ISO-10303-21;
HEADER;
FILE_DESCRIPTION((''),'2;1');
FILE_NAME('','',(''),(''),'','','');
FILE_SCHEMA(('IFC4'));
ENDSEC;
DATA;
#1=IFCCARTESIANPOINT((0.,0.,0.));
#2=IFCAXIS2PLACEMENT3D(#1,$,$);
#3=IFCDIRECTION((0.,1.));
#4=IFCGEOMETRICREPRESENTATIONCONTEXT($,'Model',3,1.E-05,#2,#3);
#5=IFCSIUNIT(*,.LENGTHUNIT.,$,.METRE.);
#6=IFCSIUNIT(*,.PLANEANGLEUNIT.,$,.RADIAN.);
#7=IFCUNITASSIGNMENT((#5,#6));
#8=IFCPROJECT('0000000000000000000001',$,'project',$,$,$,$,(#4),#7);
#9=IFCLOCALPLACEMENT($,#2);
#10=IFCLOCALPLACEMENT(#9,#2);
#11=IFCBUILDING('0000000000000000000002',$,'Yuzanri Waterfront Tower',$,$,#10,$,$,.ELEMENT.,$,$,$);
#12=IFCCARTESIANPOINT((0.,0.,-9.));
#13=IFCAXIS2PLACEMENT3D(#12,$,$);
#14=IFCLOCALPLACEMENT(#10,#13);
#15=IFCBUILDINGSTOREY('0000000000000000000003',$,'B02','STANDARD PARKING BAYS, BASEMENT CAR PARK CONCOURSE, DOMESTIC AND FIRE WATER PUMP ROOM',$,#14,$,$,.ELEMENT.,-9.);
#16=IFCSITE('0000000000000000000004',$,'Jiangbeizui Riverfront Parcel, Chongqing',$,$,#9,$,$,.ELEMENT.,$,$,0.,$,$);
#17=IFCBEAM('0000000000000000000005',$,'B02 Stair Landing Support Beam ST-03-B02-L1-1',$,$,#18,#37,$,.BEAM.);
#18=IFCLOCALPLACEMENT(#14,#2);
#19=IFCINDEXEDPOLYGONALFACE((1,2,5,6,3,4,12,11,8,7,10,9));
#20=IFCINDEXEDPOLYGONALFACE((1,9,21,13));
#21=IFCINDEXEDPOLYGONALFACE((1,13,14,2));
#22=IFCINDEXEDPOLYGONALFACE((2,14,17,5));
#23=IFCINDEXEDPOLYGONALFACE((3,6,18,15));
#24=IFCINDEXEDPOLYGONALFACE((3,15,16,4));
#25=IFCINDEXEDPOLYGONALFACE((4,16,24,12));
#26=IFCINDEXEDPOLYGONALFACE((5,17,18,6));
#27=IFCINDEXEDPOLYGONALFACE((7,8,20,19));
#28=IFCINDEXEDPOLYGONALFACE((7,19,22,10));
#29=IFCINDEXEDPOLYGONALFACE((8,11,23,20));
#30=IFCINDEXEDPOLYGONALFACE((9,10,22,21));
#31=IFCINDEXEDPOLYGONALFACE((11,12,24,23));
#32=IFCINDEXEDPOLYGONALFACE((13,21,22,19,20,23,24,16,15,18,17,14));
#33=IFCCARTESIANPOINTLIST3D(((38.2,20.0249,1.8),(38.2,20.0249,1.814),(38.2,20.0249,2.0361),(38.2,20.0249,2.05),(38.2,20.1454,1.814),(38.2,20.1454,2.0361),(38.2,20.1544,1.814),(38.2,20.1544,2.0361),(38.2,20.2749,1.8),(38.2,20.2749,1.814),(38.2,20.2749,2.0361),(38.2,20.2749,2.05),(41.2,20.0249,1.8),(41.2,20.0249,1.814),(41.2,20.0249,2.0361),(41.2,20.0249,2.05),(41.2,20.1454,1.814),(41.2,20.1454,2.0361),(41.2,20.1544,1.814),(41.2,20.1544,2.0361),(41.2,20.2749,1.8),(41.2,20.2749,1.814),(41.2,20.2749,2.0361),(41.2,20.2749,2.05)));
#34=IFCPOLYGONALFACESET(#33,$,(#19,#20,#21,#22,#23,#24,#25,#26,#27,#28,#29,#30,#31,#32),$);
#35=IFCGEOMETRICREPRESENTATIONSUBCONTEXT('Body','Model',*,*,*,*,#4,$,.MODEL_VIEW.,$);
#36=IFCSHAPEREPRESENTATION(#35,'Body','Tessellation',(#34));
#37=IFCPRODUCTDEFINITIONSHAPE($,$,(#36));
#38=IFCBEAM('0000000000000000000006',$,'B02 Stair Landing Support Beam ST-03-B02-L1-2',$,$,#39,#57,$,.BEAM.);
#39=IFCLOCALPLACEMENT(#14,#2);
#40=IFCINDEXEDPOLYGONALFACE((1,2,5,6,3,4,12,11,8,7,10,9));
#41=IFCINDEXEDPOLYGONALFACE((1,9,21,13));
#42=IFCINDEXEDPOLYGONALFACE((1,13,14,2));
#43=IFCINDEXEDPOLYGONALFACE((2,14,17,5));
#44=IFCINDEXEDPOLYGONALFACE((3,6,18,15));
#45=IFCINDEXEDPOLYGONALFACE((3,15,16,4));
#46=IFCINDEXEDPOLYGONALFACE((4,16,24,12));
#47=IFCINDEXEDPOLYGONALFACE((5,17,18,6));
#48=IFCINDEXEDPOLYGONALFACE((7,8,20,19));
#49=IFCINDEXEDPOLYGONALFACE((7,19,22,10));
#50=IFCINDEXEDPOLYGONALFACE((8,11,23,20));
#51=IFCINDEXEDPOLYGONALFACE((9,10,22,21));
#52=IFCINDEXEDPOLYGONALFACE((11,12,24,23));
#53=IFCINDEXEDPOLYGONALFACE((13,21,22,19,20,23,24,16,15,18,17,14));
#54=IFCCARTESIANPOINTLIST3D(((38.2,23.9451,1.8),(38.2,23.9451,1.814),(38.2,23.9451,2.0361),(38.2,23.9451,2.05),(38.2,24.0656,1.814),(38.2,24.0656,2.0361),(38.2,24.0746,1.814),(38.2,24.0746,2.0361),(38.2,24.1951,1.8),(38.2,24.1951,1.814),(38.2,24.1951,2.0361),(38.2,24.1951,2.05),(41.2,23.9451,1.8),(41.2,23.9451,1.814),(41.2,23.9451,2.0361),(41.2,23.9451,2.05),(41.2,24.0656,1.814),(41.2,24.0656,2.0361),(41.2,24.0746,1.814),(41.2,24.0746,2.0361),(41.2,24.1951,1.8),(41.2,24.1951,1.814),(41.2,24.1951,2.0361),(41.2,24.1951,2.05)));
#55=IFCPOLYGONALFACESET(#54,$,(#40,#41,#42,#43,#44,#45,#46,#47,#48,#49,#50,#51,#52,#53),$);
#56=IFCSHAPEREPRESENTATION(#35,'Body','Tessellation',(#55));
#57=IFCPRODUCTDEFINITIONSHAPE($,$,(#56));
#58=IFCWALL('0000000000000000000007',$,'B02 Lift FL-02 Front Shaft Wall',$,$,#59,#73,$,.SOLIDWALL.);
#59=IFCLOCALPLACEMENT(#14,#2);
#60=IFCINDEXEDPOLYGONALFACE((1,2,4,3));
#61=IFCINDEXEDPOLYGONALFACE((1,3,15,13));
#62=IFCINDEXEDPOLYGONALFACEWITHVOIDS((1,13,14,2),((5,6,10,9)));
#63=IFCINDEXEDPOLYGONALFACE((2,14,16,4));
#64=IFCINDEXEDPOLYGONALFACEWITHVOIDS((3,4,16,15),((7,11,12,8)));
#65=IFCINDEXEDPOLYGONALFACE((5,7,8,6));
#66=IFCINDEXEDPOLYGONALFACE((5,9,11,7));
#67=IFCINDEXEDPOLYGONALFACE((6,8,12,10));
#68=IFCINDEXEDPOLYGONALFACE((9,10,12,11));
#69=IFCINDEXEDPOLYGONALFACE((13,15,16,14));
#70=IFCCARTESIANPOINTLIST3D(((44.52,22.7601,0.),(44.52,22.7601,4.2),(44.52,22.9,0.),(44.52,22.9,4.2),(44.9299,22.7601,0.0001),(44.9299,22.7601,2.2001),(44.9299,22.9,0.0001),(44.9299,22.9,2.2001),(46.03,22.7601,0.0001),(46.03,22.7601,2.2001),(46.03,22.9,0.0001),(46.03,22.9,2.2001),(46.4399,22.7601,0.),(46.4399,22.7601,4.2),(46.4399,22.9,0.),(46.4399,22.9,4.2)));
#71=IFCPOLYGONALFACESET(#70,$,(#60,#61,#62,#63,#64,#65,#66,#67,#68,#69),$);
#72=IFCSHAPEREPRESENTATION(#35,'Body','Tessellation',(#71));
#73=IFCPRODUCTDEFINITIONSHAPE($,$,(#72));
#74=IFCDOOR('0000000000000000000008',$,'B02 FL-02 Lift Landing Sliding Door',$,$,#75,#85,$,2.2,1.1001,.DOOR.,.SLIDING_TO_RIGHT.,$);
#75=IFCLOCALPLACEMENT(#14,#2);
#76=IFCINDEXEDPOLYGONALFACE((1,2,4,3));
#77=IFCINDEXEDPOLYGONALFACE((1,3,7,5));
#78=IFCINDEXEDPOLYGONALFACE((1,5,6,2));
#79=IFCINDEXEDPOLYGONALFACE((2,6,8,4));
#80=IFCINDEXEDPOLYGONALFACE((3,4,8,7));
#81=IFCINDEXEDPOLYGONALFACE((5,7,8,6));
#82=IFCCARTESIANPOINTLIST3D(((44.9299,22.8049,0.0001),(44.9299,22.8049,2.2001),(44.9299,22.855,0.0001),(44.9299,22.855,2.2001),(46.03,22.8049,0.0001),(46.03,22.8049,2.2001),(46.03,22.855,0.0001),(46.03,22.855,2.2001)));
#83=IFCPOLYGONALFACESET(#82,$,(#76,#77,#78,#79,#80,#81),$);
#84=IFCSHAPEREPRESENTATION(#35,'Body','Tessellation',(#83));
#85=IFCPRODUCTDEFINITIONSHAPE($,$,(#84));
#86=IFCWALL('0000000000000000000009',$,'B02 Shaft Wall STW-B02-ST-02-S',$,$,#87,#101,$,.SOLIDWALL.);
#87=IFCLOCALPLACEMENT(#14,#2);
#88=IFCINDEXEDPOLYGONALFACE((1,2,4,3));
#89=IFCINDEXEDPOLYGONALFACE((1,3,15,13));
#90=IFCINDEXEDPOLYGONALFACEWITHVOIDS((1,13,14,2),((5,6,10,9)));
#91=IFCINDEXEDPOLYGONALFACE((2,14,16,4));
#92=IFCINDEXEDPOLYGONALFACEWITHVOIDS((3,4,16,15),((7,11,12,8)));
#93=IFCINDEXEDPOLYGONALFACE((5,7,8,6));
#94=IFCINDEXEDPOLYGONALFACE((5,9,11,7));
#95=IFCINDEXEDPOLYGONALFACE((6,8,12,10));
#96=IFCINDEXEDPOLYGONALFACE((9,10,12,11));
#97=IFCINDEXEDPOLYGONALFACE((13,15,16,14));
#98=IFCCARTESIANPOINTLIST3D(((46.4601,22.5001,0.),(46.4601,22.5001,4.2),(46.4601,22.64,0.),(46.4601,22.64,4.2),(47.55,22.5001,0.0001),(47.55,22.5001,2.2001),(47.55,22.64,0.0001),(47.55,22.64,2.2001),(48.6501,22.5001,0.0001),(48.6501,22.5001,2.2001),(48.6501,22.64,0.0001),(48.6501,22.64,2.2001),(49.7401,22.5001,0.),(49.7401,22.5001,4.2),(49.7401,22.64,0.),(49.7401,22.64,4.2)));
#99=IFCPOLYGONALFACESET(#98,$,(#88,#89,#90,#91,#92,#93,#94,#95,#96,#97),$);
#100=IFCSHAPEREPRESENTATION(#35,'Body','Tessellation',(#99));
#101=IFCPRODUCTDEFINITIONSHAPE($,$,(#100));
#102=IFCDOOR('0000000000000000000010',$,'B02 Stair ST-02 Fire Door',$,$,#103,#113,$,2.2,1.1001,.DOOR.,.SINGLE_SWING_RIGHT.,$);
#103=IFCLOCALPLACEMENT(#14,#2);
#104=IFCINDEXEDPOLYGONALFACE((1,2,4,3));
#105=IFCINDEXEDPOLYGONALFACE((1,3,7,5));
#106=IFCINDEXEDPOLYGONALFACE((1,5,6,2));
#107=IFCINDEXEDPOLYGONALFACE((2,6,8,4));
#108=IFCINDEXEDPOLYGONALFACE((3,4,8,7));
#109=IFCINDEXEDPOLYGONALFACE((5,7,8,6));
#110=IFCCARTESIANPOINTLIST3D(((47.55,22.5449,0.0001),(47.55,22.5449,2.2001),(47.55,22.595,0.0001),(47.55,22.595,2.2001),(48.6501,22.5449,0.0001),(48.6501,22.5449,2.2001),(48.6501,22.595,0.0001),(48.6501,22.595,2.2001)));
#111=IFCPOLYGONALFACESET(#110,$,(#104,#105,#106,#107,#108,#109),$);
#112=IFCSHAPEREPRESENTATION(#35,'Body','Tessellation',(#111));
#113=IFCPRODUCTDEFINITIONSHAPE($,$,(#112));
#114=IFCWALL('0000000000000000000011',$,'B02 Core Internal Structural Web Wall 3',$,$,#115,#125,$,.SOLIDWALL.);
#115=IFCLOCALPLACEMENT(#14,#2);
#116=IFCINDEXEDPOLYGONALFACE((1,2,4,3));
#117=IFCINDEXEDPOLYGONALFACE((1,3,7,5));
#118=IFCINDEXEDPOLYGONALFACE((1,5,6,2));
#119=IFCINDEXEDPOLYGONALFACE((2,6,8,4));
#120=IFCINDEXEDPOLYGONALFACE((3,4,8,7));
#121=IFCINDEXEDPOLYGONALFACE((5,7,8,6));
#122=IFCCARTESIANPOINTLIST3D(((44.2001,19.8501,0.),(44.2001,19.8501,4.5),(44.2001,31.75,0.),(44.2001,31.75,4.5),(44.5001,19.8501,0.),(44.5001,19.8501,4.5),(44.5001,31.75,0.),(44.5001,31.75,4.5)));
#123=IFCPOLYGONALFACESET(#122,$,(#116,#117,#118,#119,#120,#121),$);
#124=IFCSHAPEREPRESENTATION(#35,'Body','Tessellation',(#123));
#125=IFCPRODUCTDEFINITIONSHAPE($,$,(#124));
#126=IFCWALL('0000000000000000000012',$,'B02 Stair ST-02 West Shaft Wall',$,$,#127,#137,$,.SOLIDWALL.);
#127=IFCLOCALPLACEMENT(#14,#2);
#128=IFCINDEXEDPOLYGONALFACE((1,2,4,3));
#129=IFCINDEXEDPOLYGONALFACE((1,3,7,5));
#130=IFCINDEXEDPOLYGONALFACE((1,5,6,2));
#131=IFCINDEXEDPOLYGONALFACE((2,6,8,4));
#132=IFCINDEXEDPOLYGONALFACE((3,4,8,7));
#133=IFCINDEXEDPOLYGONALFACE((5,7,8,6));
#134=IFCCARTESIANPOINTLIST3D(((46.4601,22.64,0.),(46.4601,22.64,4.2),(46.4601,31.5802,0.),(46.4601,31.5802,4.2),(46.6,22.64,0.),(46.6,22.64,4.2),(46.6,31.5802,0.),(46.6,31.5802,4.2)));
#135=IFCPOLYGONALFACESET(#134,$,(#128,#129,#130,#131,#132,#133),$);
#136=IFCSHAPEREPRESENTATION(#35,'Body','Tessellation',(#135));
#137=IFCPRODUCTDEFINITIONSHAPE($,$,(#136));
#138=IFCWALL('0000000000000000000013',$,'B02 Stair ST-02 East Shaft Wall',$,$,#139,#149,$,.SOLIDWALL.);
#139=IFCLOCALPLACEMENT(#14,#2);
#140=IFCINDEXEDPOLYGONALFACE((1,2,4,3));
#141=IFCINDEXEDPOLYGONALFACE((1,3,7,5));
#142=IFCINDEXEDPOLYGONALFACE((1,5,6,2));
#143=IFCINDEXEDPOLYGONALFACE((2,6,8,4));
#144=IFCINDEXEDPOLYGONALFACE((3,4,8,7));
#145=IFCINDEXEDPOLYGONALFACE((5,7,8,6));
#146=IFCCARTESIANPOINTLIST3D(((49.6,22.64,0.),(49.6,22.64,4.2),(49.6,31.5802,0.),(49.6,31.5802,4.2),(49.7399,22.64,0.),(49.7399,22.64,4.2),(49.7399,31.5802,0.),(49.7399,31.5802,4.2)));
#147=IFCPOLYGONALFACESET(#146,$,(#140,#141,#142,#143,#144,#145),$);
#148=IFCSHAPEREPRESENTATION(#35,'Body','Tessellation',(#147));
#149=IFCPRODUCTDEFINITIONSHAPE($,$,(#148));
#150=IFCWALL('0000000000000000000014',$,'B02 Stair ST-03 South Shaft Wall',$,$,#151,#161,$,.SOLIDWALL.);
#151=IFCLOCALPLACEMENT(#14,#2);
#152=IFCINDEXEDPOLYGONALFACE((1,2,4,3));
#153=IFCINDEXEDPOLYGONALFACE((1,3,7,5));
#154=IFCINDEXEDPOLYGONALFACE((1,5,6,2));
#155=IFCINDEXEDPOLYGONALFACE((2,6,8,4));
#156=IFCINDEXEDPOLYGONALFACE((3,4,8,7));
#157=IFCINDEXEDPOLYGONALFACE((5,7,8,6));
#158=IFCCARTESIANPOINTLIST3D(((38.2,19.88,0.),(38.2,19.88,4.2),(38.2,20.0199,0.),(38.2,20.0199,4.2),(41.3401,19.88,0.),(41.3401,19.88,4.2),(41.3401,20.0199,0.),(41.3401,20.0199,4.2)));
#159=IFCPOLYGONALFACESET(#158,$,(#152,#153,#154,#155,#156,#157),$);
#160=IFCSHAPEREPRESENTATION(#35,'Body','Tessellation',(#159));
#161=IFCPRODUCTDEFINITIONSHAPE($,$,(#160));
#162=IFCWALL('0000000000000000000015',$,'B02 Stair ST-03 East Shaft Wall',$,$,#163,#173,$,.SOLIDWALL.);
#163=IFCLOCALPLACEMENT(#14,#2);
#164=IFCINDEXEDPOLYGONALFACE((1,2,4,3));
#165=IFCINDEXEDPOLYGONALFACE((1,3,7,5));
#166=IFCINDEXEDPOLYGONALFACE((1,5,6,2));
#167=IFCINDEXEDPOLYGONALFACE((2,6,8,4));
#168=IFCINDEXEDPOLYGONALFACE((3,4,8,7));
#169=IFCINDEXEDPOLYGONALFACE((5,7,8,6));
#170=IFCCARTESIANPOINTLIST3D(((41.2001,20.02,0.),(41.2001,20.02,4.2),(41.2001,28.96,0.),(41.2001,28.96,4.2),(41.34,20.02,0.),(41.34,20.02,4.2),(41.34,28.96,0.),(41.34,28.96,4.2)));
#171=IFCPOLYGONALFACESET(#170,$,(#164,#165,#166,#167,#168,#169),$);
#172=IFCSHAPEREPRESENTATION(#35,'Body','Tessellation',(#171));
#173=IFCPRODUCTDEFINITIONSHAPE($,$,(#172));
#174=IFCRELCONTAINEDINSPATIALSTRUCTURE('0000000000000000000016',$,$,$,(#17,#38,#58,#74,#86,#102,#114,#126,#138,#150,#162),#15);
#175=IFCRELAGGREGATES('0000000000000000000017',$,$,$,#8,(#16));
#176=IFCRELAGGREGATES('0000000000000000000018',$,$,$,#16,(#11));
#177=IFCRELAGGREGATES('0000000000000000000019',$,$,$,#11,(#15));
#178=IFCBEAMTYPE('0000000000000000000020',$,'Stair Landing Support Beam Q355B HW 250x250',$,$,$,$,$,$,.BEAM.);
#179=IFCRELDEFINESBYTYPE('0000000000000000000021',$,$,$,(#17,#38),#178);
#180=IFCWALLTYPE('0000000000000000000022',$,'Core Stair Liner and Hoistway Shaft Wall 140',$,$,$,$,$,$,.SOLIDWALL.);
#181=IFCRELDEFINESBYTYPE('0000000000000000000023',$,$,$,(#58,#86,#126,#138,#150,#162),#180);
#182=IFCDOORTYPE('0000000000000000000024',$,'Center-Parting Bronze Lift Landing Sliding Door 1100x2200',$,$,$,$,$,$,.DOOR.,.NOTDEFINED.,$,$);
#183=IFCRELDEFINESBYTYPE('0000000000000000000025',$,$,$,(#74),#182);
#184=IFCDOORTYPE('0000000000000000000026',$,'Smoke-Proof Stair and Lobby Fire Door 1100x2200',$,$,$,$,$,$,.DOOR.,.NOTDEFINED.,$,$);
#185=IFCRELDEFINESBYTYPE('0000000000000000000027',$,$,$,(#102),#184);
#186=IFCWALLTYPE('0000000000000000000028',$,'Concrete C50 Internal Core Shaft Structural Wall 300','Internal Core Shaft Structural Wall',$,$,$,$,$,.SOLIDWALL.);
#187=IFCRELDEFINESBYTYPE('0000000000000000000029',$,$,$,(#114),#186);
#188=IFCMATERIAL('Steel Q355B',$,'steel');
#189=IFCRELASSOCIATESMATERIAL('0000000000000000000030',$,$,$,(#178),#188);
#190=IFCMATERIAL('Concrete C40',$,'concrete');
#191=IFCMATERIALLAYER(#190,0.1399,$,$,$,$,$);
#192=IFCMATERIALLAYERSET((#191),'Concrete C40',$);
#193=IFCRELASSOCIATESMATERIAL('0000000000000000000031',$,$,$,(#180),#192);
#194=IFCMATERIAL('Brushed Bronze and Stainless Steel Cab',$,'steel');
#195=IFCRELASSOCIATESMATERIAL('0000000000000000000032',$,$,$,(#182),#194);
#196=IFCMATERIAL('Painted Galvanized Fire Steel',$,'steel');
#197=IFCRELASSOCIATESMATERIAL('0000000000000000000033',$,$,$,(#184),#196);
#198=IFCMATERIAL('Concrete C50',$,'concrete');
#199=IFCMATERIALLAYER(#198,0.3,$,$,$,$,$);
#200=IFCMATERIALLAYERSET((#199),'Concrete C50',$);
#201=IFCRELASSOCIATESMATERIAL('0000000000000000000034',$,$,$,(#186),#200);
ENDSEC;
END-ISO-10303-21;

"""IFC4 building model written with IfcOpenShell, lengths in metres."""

from ifc_helpers import new_model, si_unit, direction, frame, frame_2d, origin, origin_2d, place, context, subcontext, project, spatial, rectangle, i_section, extrude, source, transform, mapped, material, layer, layer_set, material_profile, profile_set, type_object, element, fill, save


model = new_model("IFC4")

# Units and contexts
model_context = context("Model", 3, precision=1e-05, world=origin(), true_north=direction((0.0, 1.0)))
body_context = subcontext(model_context, "Body", "Model", "MODEL_VIEW")
ifc_project = project(units=[si_unit("LENGTHUNIT", "METRE"), si_unit("PLANEANGLEUNIT", "RADIAN")], contexts=[model_context])

# Site, building, storey
site_placement = place(None, origin())
site = spatial("IfcSite", under=ifc_project, at=site_placement, Name="Jiangbeizui Riverfront Parcel, Chongqing", CompositionType="ELEMENT", RefElevation=0.0)
building_placement = place(site_placement, origin())
building = spatial("IfcBuilding", under=site, at=building_placement, Name="Yuzanri Waterfront Tower", CompositionType="ELEMENT")
storey_placement = place(building_placement, frame((0.0, 0.0, -9.0)))
storey = spatial("IfcBuildingStorey", under=building, at=storey_placement, Name="B02", Description="STANDARD PARKING BAYS, BASEMENT CAR PARK CONCOURSE, DOMESTIC AND FIRE WATER PUMP ROOM", CompositionType="ELEMENT", Elevation=-9.0)

# Beams
ifc_material_1 = material(Name="Steel Q355B", Category="steel")
ifc_material_profile = material_profile(ifc_material_1, i_section(OverallWidth=0.25, OverallDepth=0.25, WebThickness=0.009, FlangeThickness=0.0139, at=origin_2d()), Name="HW 250x250x9x14")
ifc_profile_set = profile_set([ifc_material_profile], Name="Steel Q355B")
beam_type = type_object("IfcBeamType", Name="Stair Landing Support Beam Q355B HW 250x250", PredefinedType="BEAM", material=ifc_profile_set)
shared_shape_1 = source(origin(), body_context, "Body", "SweptSolid", [
    extrude(i_section(OverallWidth=0.25, OverallDepth=0.25, WebThickness=0.009, FlangeThickness=0.0139, at=origin_2d()), origin(), (0.0, 0.0, 1.0), 3.0),
])
for number, where, z_axis, x_axis, name in (
    (1, (38.2, 20.1499, 1.925), (1.0, 0.0, 0.0), (0.0, 1.0, 0.0), "B02 Stair Landing Support Beam ST-03-B02-L1-1"),
    (2, (38.2, 24.0701, 1.925), (1.0, 0.0, 0.0), (0.0, 1.0, 0.0), "B02 Stair Landing Support Beam ST-03-B02-L1-2"),
):
    element("IfcBeam", number, at=place(storey_placement, frame(where, z_axis=z_axis, x_axis=x_axis)), inside=storey, type_object=beam_type, Name=name, PredefinedType="BEAM", context=body_context, shape_type="MappedRepresentation", body=[
        mapped(shared_shape_1, transform((0.0, 0.0, 0.0), scale=1.0)),
    ])

# Walls, openings, doors
ifc_material_2 = material(Name="Concrete C40", Category="concrete")
ifc_layer_1 = layer(ifc_material_2, 0.1399)
ifc_layer_set_1 = layer_set([ifc_layer_1], Name="Concrete C40")
wall_type_1 = type_object("IfcWallType", Name="Core Stair Liner and Hoistway Shaft Wall 140", PredefinedType="SOLIDWALL", material=ifc_layer_set_1)
wall_1_placement = place(storey_placement, frame((44.52, 22.8301, 0.0), z_axis=(0.0, 0.0, 1.0), x_axis=(1.0, 0.0, 0.0)))
wall_1 = element("IfcWall", 3, at=wall_1_placement, inside=storey, type_object=wall_type_1, Name="B02 Lift FL-02 Front Shaft Wall", PredefinedType="SOLIDWALL", context=body_context, shape_type="SweptSolid", body=[
    extrude(rectangle(XDim=1.9199, YDim=0.1399, at=frame_2d((0.96, 0.0))), origin(), (0.0, 0.0, 1.0), 4.2),
])
opening_1_placement = place(wall_1_placement, frame((0.4099, 0.0, 0.0)))
opening_1 = element("IfcOpeningElement", 4, at=opening_1_placement, cuts=wall_1, PredefinedType="OPENING", context=body_context, shape_type="SweptSolid", body=[
    extrude(rectangle(XDim=1.1001, YDim=2.2, at=frame_2d((0.55, 1.1001))), frame((0.0, 0.085, 0.0), z_axis=(0.0, -1.0, 0.0), x_axis=(1.0, 0.0, 0.0)), (0.0, 0.0, 1.0), 0.1697),
])
ifc_material_3 = material(Name="Brushed Bronze and Stainless Steel Cab", Category="steel")
door_type_1 = type_object("IfcDoorType", Name="Center-Parting Bronze Lift Landing Sliding Door 1100x2200", OperationType="NOTDEFINED", PredefinedType="DOOR", material=ifc_material_3)
shared_shape_2 = source(origin(), body_context, "Body", "SweptSolid", [
    extrude(rectangle(XDim=1.1001, YDim=2.2, at=frame_2d((0.55, 1.1001))), frame((0.0, 0.0249, 0.0), z_axis=(0.0, -1.0, 0.0), x_axis=(1.0, 0.0, 0.0)), (0.0, 0.0, 1.0), 0.05),
])
door_1_placement = place(opening_1_placement, origin())
door_1 = element("IfcDoor", 5, at=door_1_placement, inside=storey, type_object=door_type_1, Name="B02 FL-02 Lift Landing Sliding Door", OperationType="SLIDING_TO_RIGHT", OverallHeight=2.2, OverallWidth=1.1001, PredefinedType="DOOR", context=body_context, shape_type="MappedRepresentation", body=[
    mapped(shared_shape_2, transform((0.0, 0.0, 0.0), scale=1.0)),
])
fill(opening_1, door_1)
wall_2_placement = place(storey_placement, frame((46.46, 22.5701, 0.0), z_axis=(0.0, 0.0, 1.0), x_axis=(1.0, 0.0, 0.0)))
wall_2 = element("IfcWall", 6, at=wall_2_placement, inside=storey, type_object=wall_type_1, Name="B02 Shaft Wall STW-B02-ST-02-S", PredefinedType="SOLIDWALL", context=body_context, shape_type="SweptSolid", body=[
    extrude(rectangle(XDim=3.28, YDim=0.1399, at=frame_2d((1.6401, 0.0))), origin(), (0.0, 0.0, 1.0), 4.2),
])
opening_2_placement = place(wall_2_placement, frame((1.0901, 0.0, 0.0)))
opening_2 = element("IfcOpeningElement", 7, at=opening_2_placement, cuts=wall_2, PredefinedType="OPENING", context=body_context, shape_type="SweptSolid", body=[
    extrude(rectangle(XDim=1.1001, YDim=2.2, at=frame_2d((0.55, 1.1001))), frame((0.0, 0.085, 0.0), z_axis=(0.0, -1.0, 0.0), x_axis=(1.0, 0.0, 0.0)), (0.0, 0.0, 1.0), 0.1697),
])
ifc_material_4 = material(Name="Painted Galvanized Fire Steel", Category="steel")
door_type_2 = type_object("IfcDoorType", Name="Smoke-Proof Stair and Lobby Fire Door 1100x2200", OperationType="NOTDEFINED", PredefinedType="DOOR", material=ifc_material_4)
shared_shape_3 = source(origin(), body_context, "Body", "SweptSolid", [
    extrude(rectangle(XDim=1.1001, YDim=2.2, at=frame_2d((0.55, 1.1001))), frame((0.0, 0.0249, 0.0), z_axis=(0.0, -1.0, 0.0), x_axis=(1.0, 0.0, 0.0)), (0.0, 0.0, 1.0), 0.05),
])
door_2_placement = place(opening_2_placement, origin())
door_2 = element("IfcDoor", 8, at=door_2_placement, inside=storey, type_object=door_type_2, Name="B02 Stair ST-02 Fire Door", OperationType="SINGLE_SWING_RIGHT", OverallHeight=2.2, OverallWidth=1.1001, PredefinedType="DOOR", context=body_context, shape_type="MappedRepresentation", body=[
    mapped(shared_shape_3, transform((0.0, 0.0, 0.0), scale=1.0)),
])
fill(opening_2, door_2)

# Walls
ifc_material_5 = material(Name="Concrete C50", Category="concrete")
ifc_layer_2 = layer(ifc_material_5, 0.3)
ifc_layer_set_2 = layer_set([ifc_layer_2], Name="Concrete C50")
wall_type_2 = type_object("IfcWallType", Name="Concrete C50 Internal Core Shaft Structural Wall 300", Description="Internal Core Shaft Structural Wall", PredefinedType="SOLIDWALL", material=ifc_layer_set_2)
shared_shape_4 = source(origin(), body_context, "Body", "SweptSolid", [
    extrude(rectangle(XDim=11.8999, YDim=0.3, at=frame_2d((5.95, 0.0))), origin(), (0.0, 0.0, 1.0), 4.5),
])
wall_3_placement = place(storey_placement, frame((44.3501, 19.8501, 0.0), z_axis=(0.0, 0.0, 1.0), x_axis=(0.0, 1.0, 0.0)))
element("IfcWall", 9, at=wall_3_placement, inside=storey, type_object=wall_type_2, Name="B02 Core Internal Structural Web Wall 3", PredefinedType="SOLIDWALL", context=body_context, shape_type="MappedRepresentation", body=[
    mapped(shared_shape_4, transform((0.0, 0.0, 0.0), scale=1.0)),
])
shared_shape_5 = source(origin(), body_context, "Body", "SweptSolid", [
    extrude(rectangle(XDim=8.9402, YDim=0.1399, at=frame_2d((4.4702, 0.0))), origin(), (0.0, 0.0, 1.0), 4.2),
])
for number, where, z_axis, x_axis, name in (
    (10, (46.53, 22.6399, 0.0), (0.0, 0.0, 1.0), (0.0, 1.0, 0.0), "B02 Stair ST-02 West Shaft Wall"),
    (11, (49.6699, 22.6399, 0.0), (0.0, 0.0, 1.0), (0.0, 1.0, 0.0), "B02 Stair ST-02 East Shaft Wall"),
):
    element("IfcWall", number, at=place(storey_placement, frame(where, z_axis=z_axis, x_axis=x_axis)), inside=storey, type_object=wall_type_1, Name=name, PredefinedType="SOLIDWALL", context=body_context, shape_type="MappedRepresentation", body=[
        mapped(shared_shape_5, transform((0.0, 0.0, 0.0), scale=1.0)),
    ])
shared_shape_6 = source(origin(), body_context, "Body", "SweptSolid", [
    extrude(rectangle(XDim=3.1401, YDim=0.1399, at=frame_2d((1.5701, 0.0))), origin(), (0.0, 0.0, 1.0), 4.2),
])
wall_4_placement = place(storey_placement, frame((38.2, 19.95, 0.0), z_axis=(0.0, 0.0, 1.0), x_axis=(1.0, 0.0, 0.0)))
element("IfcWall", 12, at=wall_4_placement, inside=storey, type_object=wall_type_1, Name="B02 Stair ST-03 South Shaft Wall", PredefinedType="SOLIDWALL", context=body_context, shape_type="MappedRepresentation", body=[
    mapped(shared_shape_6, transform((0.0, 0.0, 0.0), scale=1.0)),
])
shared_shape_7 = source(origin(), body_context, "Body", "SweptSolid", [
    extrude(rectangle(XDim=8.9399, YDim=0.1399, at=frame_2d((4.47, 0.0))), origin(), (0.0, 0.0, 1.0), 4.2),
])
wall_5_placement = place(storey_placement, frame((41.27, 20.02, 0.0), z_axis=(0.0, 0.0, 1.0), x_axis=(0.0, 1.0, 0.0)))
element("IfcWall", 13, at=wall_5_placement, inside=storey, type_object=wall_type_1, Name="B02 Stair ST-03 East Shaft Wall", PredefinedType="SOLIDWALL", context=body_context, shape_type="MappedRepresentation", body=[
    mapped(shared_shape_7, transform((0.0, 0.0, 0.0), scale=1.0)),
])

save(model, "model.ifc")
